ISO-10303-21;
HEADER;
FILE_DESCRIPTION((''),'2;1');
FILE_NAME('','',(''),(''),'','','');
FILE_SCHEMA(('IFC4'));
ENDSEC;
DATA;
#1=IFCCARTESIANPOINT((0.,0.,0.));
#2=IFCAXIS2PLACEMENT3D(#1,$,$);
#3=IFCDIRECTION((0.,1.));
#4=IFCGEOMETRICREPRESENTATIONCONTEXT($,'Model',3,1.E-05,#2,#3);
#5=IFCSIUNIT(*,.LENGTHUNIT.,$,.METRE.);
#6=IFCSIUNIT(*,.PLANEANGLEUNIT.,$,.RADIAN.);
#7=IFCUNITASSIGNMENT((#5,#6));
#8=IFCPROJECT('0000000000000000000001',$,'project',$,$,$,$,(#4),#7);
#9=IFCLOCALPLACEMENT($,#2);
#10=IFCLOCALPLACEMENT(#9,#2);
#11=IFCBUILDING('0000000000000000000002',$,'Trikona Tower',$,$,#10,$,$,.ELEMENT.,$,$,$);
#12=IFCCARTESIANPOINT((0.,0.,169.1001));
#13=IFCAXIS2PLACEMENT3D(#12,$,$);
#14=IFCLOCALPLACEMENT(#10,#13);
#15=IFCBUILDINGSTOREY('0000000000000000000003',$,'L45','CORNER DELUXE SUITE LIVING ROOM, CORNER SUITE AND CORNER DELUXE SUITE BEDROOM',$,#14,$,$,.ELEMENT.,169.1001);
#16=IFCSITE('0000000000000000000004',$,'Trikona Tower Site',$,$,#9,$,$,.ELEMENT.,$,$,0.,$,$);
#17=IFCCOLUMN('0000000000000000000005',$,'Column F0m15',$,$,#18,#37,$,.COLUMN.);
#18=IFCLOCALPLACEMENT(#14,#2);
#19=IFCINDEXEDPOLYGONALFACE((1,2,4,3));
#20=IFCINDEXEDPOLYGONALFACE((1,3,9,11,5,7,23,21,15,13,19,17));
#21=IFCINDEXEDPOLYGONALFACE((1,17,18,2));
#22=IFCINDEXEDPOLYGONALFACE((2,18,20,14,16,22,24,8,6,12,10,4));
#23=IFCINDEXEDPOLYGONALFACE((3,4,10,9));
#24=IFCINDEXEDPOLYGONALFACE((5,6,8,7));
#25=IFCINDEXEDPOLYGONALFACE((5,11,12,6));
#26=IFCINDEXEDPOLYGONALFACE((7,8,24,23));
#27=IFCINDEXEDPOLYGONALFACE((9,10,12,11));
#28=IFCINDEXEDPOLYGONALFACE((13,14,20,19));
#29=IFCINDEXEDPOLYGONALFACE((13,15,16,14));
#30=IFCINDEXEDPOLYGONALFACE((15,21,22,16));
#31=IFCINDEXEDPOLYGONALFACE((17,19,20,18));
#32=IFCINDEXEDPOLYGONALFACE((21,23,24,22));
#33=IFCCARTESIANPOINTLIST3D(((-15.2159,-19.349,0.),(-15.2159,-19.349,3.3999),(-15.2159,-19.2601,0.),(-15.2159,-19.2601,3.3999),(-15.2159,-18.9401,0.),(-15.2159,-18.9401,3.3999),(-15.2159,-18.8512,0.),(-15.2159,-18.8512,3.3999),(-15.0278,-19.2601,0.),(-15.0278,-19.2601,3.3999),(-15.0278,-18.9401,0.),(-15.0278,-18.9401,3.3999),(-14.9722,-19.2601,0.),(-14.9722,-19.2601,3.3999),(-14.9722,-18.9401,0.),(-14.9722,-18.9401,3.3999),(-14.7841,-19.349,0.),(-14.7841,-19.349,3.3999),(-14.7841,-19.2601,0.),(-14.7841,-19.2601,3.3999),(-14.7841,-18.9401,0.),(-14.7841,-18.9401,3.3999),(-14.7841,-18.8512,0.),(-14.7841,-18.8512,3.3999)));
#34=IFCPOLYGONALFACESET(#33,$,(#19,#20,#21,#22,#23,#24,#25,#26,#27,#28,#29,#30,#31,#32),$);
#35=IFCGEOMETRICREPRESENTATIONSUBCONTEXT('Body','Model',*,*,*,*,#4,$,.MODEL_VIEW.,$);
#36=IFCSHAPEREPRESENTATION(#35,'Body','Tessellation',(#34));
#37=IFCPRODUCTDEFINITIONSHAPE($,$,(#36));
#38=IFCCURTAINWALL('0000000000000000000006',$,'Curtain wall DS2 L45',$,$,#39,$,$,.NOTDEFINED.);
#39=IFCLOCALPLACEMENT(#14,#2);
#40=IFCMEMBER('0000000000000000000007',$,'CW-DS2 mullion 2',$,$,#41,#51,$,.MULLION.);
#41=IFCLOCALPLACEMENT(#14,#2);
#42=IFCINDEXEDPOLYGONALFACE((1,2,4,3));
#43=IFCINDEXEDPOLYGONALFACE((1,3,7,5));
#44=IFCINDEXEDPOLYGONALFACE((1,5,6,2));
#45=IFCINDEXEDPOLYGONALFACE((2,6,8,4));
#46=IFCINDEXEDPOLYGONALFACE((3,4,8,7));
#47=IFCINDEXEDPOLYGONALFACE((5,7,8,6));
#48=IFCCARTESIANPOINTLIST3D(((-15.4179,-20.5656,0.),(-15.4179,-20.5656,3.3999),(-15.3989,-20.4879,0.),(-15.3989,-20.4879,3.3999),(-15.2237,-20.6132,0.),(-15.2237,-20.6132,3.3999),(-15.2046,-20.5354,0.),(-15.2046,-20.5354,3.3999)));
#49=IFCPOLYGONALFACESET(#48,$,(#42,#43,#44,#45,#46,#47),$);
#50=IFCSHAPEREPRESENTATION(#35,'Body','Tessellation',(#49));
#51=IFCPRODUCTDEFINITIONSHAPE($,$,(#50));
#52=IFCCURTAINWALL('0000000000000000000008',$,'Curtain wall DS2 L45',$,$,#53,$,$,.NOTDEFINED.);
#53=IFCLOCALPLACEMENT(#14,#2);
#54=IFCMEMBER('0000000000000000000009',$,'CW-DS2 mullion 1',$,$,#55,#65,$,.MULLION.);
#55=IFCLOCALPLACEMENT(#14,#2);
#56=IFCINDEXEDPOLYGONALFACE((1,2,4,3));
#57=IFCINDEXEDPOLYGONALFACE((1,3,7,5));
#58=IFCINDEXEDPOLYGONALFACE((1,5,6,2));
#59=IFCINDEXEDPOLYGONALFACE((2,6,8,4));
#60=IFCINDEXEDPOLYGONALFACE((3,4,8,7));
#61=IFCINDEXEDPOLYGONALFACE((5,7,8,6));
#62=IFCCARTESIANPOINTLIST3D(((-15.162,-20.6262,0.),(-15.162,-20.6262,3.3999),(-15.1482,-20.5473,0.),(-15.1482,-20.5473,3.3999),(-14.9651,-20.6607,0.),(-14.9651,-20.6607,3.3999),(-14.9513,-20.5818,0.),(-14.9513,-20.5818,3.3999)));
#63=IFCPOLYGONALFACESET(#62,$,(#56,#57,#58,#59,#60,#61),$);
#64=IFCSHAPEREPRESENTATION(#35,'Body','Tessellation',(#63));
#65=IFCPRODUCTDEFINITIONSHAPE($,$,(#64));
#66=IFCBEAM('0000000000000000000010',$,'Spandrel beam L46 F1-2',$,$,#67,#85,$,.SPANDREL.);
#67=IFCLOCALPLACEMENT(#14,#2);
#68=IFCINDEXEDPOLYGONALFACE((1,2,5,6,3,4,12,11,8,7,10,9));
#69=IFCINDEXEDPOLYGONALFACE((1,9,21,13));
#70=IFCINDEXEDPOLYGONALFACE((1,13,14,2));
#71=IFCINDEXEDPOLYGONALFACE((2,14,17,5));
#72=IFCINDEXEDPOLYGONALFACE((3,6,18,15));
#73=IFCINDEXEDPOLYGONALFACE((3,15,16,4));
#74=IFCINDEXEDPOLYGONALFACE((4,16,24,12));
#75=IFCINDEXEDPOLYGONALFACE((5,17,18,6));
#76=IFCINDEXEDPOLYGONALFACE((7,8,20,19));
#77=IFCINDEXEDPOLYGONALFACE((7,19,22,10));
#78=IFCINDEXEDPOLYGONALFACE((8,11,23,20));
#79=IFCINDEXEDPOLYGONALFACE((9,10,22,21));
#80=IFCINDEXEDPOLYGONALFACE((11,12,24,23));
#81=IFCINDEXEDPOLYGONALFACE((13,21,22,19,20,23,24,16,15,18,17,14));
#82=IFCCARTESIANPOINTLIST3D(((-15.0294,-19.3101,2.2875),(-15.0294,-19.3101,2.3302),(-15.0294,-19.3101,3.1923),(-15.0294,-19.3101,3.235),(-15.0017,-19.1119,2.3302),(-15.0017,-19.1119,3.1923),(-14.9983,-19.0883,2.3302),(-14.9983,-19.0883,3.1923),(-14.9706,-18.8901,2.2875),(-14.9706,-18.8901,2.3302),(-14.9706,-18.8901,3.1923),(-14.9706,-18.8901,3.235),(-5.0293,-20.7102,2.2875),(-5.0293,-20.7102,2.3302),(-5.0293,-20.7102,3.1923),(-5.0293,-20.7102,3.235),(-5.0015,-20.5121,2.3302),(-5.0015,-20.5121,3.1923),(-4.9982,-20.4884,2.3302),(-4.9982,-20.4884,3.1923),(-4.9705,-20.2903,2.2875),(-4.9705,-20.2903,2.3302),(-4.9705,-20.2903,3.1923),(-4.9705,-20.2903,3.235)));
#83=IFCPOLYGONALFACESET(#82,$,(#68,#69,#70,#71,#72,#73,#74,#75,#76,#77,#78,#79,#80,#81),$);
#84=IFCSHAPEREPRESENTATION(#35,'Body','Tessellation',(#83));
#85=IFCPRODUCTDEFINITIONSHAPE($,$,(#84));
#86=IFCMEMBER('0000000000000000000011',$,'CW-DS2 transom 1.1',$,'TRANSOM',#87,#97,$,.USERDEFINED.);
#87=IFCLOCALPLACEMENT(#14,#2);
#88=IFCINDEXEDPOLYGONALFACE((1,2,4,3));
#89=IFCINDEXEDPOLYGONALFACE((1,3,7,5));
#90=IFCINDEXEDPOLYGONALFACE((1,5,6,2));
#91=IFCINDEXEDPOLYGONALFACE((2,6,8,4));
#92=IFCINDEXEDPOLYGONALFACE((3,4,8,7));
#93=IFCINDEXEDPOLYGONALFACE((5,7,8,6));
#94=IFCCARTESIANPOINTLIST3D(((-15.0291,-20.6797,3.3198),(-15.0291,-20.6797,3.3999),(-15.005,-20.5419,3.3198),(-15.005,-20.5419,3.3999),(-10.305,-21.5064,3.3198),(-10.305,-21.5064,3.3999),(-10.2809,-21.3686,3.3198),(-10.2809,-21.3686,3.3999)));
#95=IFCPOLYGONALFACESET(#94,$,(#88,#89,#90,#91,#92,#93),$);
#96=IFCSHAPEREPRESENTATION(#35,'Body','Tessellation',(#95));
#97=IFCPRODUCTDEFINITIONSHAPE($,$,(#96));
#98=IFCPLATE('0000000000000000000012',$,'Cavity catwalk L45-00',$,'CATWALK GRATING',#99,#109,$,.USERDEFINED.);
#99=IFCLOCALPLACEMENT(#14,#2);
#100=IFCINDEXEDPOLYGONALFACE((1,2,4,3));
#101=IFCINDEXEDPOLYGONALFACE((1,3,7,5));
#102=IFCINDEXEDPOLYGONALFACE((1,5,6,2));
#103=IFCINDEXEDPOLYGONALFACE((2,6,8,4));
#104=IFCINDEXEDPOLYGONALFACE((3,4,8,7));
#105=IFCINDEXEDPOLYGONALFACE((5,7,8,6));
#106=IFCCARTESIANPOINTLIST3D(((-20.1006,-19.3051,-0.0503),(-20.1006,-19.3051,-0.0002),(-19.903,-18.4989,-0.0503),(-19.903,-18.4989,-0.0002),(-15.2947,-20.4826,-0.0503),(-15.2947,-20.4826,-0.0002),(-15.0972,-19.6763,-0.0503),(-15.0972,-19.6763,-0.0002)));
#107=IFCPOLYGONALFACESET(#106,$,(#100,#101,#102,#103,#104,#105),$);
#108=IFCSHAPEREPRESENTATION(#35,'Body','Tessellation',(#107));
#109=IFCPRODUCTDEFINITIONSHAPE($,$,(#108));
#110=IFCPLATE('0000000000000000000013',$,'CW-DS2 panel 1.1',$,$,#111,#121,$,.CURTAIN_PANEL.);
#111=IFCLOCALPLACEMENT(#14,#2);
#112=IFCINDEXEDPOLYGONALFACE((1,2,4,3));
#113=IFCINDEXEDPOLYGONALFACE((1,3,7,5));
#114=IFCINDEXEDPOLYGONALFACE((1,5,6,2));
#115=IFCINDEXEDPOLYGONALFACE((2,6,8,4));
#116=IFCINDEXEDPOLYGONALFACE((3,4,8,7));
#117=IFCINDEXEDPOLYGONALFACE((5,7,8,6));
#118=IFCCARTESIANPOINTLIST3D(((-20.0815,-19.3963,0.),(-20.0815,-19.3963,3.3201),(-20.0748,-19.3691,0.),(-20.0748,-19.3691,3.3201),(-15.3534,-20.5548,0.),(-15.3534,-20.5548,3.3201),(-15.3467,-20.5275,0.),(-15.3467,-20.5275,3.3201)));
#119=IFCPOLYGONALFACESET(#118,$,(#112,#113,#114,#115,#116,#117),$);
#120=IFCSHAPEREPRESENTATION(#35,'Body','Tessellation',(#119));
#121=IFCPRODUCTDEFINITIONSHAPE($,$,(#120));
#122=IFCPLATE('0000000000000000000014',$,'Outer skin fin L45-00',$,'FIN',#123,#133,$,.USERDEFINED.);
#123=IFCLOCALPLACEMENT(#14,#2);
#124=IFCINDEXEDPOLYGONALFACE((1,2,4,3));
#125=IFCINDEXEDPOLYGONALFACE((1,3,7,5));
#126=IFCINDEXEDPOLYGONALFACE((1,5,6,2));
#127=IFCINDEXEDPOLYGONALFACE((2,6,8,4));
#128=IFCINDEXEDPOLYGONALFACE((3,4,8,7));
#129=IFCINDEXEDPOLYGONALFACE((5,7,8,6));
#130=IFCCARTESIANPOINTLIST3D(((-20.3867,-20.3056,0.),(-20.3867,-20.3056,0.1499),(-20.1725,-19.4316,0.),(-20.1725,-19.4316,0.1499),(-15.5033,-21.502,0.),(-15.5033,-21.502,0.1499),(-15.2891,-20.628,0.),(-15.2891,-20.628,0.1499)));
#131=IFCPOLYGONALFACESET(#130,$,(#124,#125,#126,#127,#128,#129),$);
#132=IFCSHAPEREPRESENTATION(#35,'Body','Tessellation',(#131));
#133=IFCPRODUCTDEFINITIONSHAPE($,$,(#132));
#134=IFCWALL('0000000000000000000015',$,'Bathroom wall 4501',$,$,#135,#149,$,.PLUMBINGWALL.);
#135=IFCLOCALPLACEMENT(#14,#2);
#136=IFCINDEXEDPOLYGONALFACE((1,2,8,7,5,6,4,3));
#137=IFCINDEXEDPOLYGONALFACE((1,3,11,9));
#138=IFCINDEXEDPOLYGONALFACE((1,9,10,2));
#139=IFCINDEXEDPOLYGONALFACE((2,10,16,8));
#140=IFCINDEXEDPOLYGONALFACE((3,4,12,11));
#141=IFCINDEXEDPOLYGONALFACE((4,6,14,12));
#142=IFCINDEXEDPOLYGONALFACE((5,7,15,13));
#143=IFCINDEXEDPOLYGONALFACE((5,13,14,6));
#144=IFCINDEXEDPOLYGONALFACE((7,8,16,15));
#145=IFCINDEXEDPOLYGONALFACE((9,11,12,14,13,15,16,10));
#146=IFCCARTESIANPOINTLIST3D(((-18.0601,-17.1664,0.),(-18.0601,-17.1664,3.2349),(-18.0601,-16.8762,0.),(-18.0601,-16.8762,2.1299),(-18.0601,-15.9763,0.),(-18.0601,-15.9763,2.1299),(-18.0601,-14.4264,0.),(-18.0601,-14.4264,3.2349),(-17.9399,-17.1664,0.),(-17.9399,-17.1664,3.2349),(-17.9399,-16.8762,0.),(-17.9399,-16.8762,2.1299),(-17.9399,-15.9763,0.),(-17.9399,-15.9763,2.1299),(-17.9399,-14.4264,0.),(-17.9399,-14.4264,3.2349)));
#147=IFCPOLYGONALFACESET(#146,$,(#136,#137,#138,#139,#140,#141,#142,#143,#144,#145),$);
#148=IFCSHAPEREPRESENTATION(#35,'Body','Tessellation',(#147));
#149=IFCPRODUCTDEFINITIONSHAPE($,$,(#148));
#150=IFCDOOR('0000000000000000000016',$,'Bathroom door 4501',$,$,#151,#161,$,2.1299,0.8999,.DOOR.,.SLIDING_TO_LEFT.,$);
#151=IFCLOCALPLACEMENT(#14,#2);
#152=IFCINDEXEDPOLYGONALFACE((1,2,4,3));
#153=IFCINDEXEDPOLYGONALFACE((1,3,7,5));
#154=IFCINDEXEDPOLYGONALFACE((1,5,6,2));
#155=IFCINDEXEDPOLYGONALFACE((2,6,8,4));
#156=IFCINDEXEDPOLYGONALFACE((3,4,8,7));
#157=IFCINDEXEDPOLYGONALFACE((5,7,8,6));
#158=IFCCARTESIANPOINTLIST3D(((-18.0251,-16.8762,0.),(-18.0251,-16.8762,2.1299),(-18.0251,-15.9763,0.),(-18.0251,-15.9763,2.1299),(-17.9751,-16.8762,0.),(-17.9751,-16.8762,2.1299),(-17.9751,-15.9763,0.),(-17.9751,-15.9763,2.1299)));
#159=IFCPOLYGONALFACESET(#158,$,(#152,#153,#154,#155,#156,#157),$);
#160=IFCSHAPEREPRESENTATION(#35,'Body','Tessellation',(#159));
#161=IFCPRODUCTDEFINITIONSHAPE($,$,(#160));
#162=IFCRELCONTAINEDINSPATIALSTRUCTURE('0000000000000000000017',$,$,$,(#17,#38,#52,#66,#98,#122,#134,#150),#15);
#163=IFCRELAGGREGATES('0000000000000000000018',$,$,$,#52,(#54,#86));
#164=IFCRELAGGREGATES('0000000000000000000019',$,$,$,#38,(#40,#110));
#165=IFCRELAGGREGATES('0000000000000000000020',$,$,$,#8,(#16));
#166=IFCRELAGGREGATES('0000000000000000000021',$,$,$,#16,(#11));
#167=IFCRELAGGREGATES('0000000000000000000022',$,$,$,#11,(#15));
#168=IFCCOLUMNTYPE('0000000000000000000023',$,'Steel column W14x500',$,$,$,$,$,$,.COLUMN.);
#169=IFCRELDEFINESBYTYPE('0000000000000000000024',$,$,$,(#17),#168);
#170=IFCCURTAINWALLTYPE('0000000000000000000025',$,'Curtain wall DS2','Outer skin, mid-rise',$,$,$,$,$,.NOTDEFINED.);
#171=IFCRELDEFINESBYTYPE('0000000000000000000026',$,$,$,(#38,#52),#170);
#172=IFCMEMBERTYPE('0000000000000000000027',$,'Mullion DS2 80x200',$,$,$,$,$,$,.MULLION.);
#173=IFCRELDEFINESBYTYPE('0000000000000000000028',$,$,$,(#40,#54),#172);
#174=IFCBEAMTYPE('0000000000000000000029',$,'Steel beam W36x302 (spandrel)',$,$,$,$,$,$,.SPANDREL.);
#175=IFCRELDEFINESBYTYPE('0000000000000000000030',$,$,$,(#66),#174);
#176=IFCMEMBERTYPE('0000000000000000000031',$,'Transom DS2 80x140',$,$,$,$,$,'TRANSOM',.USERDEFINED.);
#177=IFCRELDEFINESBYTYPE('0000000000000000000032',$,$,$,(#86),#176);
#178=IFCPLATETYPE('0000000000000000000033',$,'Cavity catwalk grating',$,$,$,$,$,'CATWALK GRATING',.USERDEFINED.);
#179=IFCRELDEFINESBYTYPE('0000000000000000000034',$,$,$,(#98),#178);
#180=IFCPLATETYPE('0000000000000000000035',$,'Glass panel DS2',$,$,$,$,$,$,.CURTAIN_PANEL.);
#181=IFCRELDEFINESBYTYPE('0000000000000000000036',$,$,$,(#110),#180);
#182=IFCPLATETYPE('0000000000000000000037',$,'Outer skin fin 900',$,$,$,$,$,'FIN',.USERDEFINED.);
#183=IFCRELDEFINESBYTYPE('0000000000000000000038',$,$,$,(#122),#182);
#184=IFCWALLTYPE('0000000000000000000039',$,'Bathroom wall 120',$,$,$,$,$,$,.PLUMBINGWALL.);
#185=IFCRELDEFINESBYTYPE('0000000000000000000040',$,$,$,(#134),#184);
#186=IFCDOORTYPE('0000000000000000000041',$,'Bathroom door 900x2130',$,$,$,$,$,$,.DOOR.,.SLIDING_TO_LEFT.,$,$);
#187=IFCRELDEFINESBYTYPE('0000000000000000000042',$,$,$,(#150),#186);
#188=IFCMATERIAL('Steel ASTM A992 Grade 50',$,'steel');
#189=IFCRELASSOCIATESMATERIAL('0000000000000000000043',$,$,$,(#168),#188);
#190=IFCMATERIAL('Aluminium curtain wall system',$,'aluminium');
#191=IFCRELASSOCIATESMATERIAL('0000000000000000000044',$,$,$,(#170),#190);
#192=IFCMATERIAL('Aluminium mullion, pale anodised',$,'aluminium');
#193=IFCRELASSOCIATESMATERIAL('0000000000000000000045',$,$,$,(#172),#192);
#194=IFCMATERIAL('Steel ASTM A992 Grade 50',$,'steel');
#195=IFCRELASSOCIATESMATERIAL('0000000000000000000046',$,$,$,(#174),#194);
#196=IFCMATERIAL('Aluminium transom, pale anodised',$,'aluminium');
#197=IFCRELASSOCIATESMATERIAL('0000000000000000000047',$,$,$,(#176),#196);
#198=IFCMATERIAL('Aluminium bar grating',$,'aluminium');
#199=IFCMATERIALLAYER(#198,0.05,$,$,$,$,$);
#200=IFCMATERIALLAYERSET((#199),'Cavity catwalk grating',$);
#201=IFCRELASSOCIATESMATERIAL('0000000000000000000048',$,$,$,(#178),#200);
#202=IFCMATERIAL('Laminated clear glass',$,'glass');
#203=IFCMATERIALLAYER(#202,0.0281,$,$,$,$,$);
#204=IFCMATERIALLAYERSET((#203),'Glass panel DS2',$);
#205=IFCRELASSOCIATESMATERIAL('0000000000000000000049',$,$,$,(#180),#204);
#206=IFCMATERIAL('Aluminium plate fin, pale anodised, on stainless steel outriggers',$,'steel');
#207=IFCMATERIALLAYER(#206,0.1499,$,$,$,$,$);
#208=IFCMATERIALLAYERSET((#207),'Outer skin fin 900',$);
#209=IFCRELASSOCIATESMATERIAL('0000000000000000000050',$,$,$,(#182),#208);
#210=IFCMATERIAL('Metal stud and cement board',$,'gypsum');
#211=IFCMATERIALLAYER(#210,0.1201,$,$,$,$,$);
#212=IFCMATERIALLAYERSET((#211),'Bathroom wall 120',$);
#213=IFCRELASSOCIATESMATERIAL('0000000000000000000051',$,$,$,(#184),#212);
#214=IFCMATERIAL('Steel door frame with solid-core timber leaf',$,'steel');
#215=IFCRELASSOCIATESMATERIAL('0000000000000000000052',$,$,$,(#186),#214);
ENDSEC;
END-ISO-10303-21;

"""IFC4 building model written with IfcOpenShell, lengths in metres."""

from ifc_helpers import new_model, si_unit, direction, frame, frame_2d, origin, origin_2d, place, context, subcontext, project, spatial, rectangle, i_section, extrude, material, layer, layer_set, material_profile, profile_set, type_object, element, fill, aggregate, save


model = new_model("IFC4")

# Units and contexts
model_context = context("Model", 3, precision=1e-05, world=origin(), true_north=direction((0.0, 1.0)))
body_context = subcontext(model_context, "Body", "Model", "MODEL_VIEW")
ifc_project = project(units=[si_unit("LENGTHUNIT", "METRE"), si_unit("PLANEANGLEUNIT", "RADIAN")], contexts=[model_context])

# Site, building, storey
site_placement = place(None, origin())
site = spatial("IfcSite", under=ifc_project, at=site_placement, Name="Trikona Tower Site", CompositionType="ELEMENT", RefElevation=0.0)
building_placement = place(site_placement, origin())
building = spatial("IfcBuilding", under=site, at=building_placement, Name="Trikona Tower", CompositionType="ELEMENT")
storey_placement = place(building_placement, frame((0.0, 0.0, 169.1001)))
storey = spatial("IfcBuildingStorey", under=building, at=storey_placement, Name="L45", Description="CORNER DELUXE SUITE LIVING ROOM, CORNER SUITE AND CORNER DELUXE SUITE BEDROOM", CompositionType="ELEMENT", Elevation=169.1001)

# Column
ifc_material_1 = material(Name="Steel ASTM A992 Grade 50", Category="steel")
ifc_material_profile_1 = material_profile(ifc_material_1, i_section(OverallWidth=0.4319, OverallDepth=0.4978, WebThickness=0.0557, FlangeThickness=0.0889, at=origin_2d()), Name="W14X500")
ifc_profile_set_1 = profile_set([ifc_material_profile_1], Name="Steel ASTM A992 Grade 50")
column_type = type_object("IfcColumnType", Name="Steel column W14x500", PredefinedType="COLUMN", material=ifc_profile_set_1)
column_placement = place(storey_placement, frame((-15.0, -19.1001, 0.0), z_axis=(0.0, 0.0, 1.0), x_axis=(1.0, 0.0, 0.0)))
element("IfcColumn", 1, at=column_placement, inside=storey, type_object=column_type, Name="Column F0m15", PredefinedType="COLUMN", context=body_context, shape_type="SweptSolid", body=[
    extrude(i_section(OverallWidth=0.4319, OverallDepth=0.4978, WebThickness=0.0557, FlangeThickness=0.0889, at=origin_2d()), origin(), (0.0, 0.0, 1.0), 3.3999),
])

# Curtain walls, members
ifc_material_2 = material(Name="Aluminium curtain wall system", Category="aluminium")
curtain_wall_type = type_object("IfcCurtainWallType", Name="Curtain wall DS2", Description="Outer skin, mid-rise", PredefinedType="NOTDEFINED", material=ifc_material_2)
curtain_wall_1_placement = place(storey_placement, origin())
curtain_wall_1 = element("IfcCurtainWall", 2, at=curtain_wall_1_placement, inside=storey, type_object=curtain_wall_type, Name="Curtain wall DS2 L45", PredefinedType="NOTDEFINED")
ifc_material_3 = material(Name="Aluminium mullion, pale anodised", Category="aluminium")
ifc_material_profile_2 = material_profile(ifc_material_3, rectangle(XDim=0.0801, YDim=0.2, at=origin_2d()), Name="MUL-DS2")
ifc_profile_set_2 = profile_set([ifc_material_profile_2], Name="Aluminium mullion, pale anodised")
member_type_1 = type_object("IfcMemberType", Name="Mullion DS2 80x200", PredefinedType="MULLION", material=ifc_profile_set_2)
member_1_placement = place(storey_placement, frame((-15.3113, -20.5505, 0.0), z_axis=(0.0, 0.0, 1.0), x_axis=(0.23797, 0.971272, 0.0)))
member_1 = element("IfcMember", 3, at=member_1_placement, type_object=member_type_1, Name="CW-DS2 mullion 2", PredefinedType="MULLION", context=body_context, shape_type="SweptSolid", body=[
    extrude(rectangle(XDim=0.0801, YDim=0.2, at=origin_2d()), origin(), (0.0, 0.0, 1.0), 3.3999),
])
curtain_wall_2_placement = place(storey_placement, origin())
curtain_wall_2 = element("IfcCurtainWall", 4, at=curtain_wall_2_placement, inside=storey, type_object=curtain_wall_type, Name="Curtain wall DS2 L45", PredefinedType="NOTDEFINED")
member_2_placement = place(storey_placement, frame((-15.0566, -20.604, 0.0), z_axis=(0.0, 0.0, 1.0), x_axis=(0.172377, 0.985031, 0.0)))
member_2 = element("IfcMember", 5, at=member_2_placement, type_object=member_type_1, Name="CW-DS2 mullion 1", PredefinedType="MULLION", context=body_context, shape_type="SweptSolid", body=[
    extrude(rectangle(XDim=0.0801, YDim=0.2, at=origin_2d()), origin(), (0.0, 0.0, 1.0), 3.3999),
])

# Beam
ifc_material_4 = material(Name="Steel ASTM A992 Grade 50", Category="steel")
ifc_material_profile_3 = material_profile(ifc_material_4, i_section(OverallWidth=0.4241, OverallDepth=0.9475, WebThickness=0.0239, FlangeThickness=0.0427, at=origin_2d()), Name="W36X302")
ifc_profile_set_3 = profile_set([ifc_material_profile_3], Name="Steel ASTM A992 Grade 50")
beam_type = type_object("IfcBeamType", Name="Steel beam W36x302 (spandrel)", PredefinedType="SPANDREL", material=ifc_profile_set_3)
beam_placement = place(storey_placement, frame((-15.0, -19.1001, 2.7612), z_axis=(0.99034, -0.138662, 0.0), x_axis=(0.138662, 0.99034, 0.0)))
element("IfcBeam", 6, at=beam_placement, inside=storey, type_object=beam_type, Name="Spandrel beam L46 F1-2", PredefinedType="SPANDREL", context=body_context, shape_type="SweptSolid", body=[
    extrude(i_section(OverallWidth=0.4241, OverallDepth=0.9475, WebThickness=0.0239, FlangeThickness=0.0427, at=origin_2d()), origin(), (0.0, 0.0, 1.0), 10.0977),
])

# Member
ifc_material_5 = material(Name="Aluminium transom, pale anodised", Category="aluminium")
ifc_material_profile_4 = material_profile(ifc_material_5, rectangle(XDim=0.1399, YDim=0.0801, at=origin_2d()), Name="TRN-DS2")
ifc_profile_set_4 = profile_set([ifc_material_profile_4], Name="Aluminium transom, pale anodised")
member_type_2 = type_object("IfcMemberType", Name="Transom DS2 80x140", ElementType="TRANSOM", PredefinedType="USERDEFINED", material=ifc_profile_set_4)
member_3_placement = place(storey_placement, frame((-15.0171, -20.6108, 3.3599), z_axis=(0.985033, -0.172368, 0.0), x_axis=(0.172368, 0.985033, 0.0)))
member_3 = element("IfcMember", 7, at=member_3_placement, type_object=member_type_2, Name="CW-DS2 transom 1.1", ObjectType="TRANSOM", PredefinedType="USERDEFINED", context=body_context, shape_type="SweptSolid", body=[
    extrude(rectangle(XDim=0.1399, YDim=0.0801, at=origin_2d()), origin(), (0.0, 0.0, 1.0), 4.7959),
])
aggregate(curtain_wall_2, [member_2, member_3])

# Plates
ifc_material_6 = material(Name="Aluminium bar grating", Category="aluminium")
ifc_layer_1 = layer(ifc_material_6, 0.05)
ifc_layer_set_1 = layer_set([ifc_layer_1], Name="Cavity catwalk grating")
plate_type_1 = type_object("IfcPlateType", Name="Cavity catwalk grating", ElementType="CATWALK GRATING", PredefinedType="USERDEFINED", material=ifc_layer_set_1)
plate_1_placement = place(storey_placement, frame((-17.5989, -19.4907, -0.0503), z_axis=(0.0, 0.0, 1.0), x_axis=(0.971274, -0.237962, 0.0)))
element("IfcPlate", 8, at=plate_1_placement, inside=storey, type_object=plate_type_1, Name="Cavity catwalk L45-00", ObjectType="CATWALK GRATING", PredefinedType="USERDEFINED", context=body_context, shape_type="SweptSolid", body=[
    extrude(rectangle(XDim=4.948, YDim=0.8301, at=origin_2d()), origin(), (0.0, 0.0, 1.0), 0.05),
])
ifc_material_7 = material(Name="Laminated clear glass", Category="glass")
ifc_layer_2 = layer(ifc_material_7, 0.0281)
ifc_layer_set_2 = layer_set([ifc_layer_2], Name="Glass panel DS2")
plate_type_2 = type_object("IfcPlateType", Name="Glass panel DS2", PredefinedType="CURTAIN_PANEL", material=ifc_layer_set_2)
plate_2_placement = place(storey_placement, frame((-17.7141, -19.9619, 0.0), z_axis=(0.0, 0.0, 1.0), x_axis=(0.971272, -0.23797, 0.0)))
plate_2 = element("IfcPlate", 9, at=plate_2_placement, type_object=plate_type_2, Name="CW-DS2 panel 1.1", PredefinedType="CURTAIN_PANEL", context=body_context, shape_type="SweptSolid", body=[
    extrude(rectangle(XDim=4.8679, YDim=0.0281, at=origin_2d()), origin(), (0.0, 0.0, 1.0), 3.3201),
])
aggregate(curtain_wall_1, [member_1, plate_2])
ifc_material_8 = material(Name="Aluminium plate fin, pale anodised, on stainless steel outriggers", Category="steel")
ifc_layer_3 = layer(ifc_material_8, 0.1499)
ifc_layer_set_3 = layer_set([ifc_layer_3], Name="Outer skin fin 900")
plate_type_3 = type_object("IfcPlateType", Name="Outer skin fin 900", ElementType="FIN", PredefinedType="USERDEFINED", material=ifc_layer_set_3)
plate_3_placement = place(storey_placement, frame((-17.8379, -20.4668, 0.0), z_axis=(0.0, 0.0, 1.0), x_axis=(0.971274, -0.237962, 0.0)))
element("IfcPlate", 10, at=plate_3_placement, inside=storey, type_object=plate_type_3, Name="Outer skin fin L45-00", ObjectType="FIN", PredefinedType="USERDEFINED", context=body_context, shape_type="SweptSolid", body=[
    extrude(rectangle(XDim=5.0278, YDim=0.8999, at=origin_2d()), origin(), (0.0, 0.0, 1.0), 0.1499),
])

# Wall, opening, door
ifc_material_9 = material(Name="Metal stud and cement board", Category="gypsum")
ifc_layer_4 = layer(ifc_material_9, 0.1201)
ifc_layer_set_4 = layer_set([ifc_layer_4], Name="Bathroom wall 120")
wall_type_1 = type_object("IfcWallType", Name="Bathroom wall 120", PredefinedType="PLUMBINGWALL", material=ifc_layer_set_4)
wall_1_placement = place(storey_placement, frame((-18.0, -14.4263, 0.0), z_axis=(0.0, 0.0, 1.0), x_axis=(0.0, -1.0, 0.0)))
wall_1 = element("IfcWall", 11, at=wall_1_placement, inside=storey, type_object=wall_type_1, Name="Bathroom wall 4501", PredefinedType="PLUMBINGWALL", context=body_context, shape_type="SweptSolid", body=[
    extrude(rectangle(XDim=2.74, YDim=0.1201, at=frame_2d((1.3701, 0.0))), origin(), (0.0, 0.0, 1.0), 3.2349),
])
opening_1_placement = place(wall_1_placement, frame((1.55, 0.0, 0.0)))
opening_1 = element("IfcOpeningElement", 12, at=opening_1_placement, cuts=wall_1, PredefinedType="OPENING", context=body_context, shape_type="SweptSolid", body=[
    extrude(rectangle(XDim=0.8999, YDim=2.1299, at=frame_2d((0.45, 1.0649))), frame((0.0, 0.0701, 0.0), z_axis=(0.0, -1.0, 0.0), x_axis=(1.0, 0.0, 0.0)), (0.0, 0.0, 1.0), 0.1401),
])
ifc_material_10 = material(Name="Steel door frame with solid-core timber leaf", Category="steel")
door_type = type_object("IfcDoorType", Name="Bathroom door 900x2130", OperationType="SLIDING_TO_LEFT", PredefinedType="DOOR", material=ifc_material_10)
door_placement = place(opening_1_placement, origin())
door = element("IfcDoor", 13, at=door_placement, inside=storey, type_object=door_type, Name="Bathroom door 4501", OperationType="SLIDING_TO_LEFT", OverallHeight=2.1299, OverallWidth=0.8999, PredefinedType="DOOR", context=body_context, shape_type="SweptSolid", body=[
    extrude(rectangle(XDim=0.8999, YDim=2.1299, at=frame_2d((0.45, 1.0649))), frame((0.0, 0.0249, 0.0), z_axis=(0.0, -1.0, 0.0), x_axis=(1.0, 0.0, 0.0)), (0.0, 0.0, 1.0), 0.05),
])
fill(opening_1, door)

save(model, "model.ifc")
